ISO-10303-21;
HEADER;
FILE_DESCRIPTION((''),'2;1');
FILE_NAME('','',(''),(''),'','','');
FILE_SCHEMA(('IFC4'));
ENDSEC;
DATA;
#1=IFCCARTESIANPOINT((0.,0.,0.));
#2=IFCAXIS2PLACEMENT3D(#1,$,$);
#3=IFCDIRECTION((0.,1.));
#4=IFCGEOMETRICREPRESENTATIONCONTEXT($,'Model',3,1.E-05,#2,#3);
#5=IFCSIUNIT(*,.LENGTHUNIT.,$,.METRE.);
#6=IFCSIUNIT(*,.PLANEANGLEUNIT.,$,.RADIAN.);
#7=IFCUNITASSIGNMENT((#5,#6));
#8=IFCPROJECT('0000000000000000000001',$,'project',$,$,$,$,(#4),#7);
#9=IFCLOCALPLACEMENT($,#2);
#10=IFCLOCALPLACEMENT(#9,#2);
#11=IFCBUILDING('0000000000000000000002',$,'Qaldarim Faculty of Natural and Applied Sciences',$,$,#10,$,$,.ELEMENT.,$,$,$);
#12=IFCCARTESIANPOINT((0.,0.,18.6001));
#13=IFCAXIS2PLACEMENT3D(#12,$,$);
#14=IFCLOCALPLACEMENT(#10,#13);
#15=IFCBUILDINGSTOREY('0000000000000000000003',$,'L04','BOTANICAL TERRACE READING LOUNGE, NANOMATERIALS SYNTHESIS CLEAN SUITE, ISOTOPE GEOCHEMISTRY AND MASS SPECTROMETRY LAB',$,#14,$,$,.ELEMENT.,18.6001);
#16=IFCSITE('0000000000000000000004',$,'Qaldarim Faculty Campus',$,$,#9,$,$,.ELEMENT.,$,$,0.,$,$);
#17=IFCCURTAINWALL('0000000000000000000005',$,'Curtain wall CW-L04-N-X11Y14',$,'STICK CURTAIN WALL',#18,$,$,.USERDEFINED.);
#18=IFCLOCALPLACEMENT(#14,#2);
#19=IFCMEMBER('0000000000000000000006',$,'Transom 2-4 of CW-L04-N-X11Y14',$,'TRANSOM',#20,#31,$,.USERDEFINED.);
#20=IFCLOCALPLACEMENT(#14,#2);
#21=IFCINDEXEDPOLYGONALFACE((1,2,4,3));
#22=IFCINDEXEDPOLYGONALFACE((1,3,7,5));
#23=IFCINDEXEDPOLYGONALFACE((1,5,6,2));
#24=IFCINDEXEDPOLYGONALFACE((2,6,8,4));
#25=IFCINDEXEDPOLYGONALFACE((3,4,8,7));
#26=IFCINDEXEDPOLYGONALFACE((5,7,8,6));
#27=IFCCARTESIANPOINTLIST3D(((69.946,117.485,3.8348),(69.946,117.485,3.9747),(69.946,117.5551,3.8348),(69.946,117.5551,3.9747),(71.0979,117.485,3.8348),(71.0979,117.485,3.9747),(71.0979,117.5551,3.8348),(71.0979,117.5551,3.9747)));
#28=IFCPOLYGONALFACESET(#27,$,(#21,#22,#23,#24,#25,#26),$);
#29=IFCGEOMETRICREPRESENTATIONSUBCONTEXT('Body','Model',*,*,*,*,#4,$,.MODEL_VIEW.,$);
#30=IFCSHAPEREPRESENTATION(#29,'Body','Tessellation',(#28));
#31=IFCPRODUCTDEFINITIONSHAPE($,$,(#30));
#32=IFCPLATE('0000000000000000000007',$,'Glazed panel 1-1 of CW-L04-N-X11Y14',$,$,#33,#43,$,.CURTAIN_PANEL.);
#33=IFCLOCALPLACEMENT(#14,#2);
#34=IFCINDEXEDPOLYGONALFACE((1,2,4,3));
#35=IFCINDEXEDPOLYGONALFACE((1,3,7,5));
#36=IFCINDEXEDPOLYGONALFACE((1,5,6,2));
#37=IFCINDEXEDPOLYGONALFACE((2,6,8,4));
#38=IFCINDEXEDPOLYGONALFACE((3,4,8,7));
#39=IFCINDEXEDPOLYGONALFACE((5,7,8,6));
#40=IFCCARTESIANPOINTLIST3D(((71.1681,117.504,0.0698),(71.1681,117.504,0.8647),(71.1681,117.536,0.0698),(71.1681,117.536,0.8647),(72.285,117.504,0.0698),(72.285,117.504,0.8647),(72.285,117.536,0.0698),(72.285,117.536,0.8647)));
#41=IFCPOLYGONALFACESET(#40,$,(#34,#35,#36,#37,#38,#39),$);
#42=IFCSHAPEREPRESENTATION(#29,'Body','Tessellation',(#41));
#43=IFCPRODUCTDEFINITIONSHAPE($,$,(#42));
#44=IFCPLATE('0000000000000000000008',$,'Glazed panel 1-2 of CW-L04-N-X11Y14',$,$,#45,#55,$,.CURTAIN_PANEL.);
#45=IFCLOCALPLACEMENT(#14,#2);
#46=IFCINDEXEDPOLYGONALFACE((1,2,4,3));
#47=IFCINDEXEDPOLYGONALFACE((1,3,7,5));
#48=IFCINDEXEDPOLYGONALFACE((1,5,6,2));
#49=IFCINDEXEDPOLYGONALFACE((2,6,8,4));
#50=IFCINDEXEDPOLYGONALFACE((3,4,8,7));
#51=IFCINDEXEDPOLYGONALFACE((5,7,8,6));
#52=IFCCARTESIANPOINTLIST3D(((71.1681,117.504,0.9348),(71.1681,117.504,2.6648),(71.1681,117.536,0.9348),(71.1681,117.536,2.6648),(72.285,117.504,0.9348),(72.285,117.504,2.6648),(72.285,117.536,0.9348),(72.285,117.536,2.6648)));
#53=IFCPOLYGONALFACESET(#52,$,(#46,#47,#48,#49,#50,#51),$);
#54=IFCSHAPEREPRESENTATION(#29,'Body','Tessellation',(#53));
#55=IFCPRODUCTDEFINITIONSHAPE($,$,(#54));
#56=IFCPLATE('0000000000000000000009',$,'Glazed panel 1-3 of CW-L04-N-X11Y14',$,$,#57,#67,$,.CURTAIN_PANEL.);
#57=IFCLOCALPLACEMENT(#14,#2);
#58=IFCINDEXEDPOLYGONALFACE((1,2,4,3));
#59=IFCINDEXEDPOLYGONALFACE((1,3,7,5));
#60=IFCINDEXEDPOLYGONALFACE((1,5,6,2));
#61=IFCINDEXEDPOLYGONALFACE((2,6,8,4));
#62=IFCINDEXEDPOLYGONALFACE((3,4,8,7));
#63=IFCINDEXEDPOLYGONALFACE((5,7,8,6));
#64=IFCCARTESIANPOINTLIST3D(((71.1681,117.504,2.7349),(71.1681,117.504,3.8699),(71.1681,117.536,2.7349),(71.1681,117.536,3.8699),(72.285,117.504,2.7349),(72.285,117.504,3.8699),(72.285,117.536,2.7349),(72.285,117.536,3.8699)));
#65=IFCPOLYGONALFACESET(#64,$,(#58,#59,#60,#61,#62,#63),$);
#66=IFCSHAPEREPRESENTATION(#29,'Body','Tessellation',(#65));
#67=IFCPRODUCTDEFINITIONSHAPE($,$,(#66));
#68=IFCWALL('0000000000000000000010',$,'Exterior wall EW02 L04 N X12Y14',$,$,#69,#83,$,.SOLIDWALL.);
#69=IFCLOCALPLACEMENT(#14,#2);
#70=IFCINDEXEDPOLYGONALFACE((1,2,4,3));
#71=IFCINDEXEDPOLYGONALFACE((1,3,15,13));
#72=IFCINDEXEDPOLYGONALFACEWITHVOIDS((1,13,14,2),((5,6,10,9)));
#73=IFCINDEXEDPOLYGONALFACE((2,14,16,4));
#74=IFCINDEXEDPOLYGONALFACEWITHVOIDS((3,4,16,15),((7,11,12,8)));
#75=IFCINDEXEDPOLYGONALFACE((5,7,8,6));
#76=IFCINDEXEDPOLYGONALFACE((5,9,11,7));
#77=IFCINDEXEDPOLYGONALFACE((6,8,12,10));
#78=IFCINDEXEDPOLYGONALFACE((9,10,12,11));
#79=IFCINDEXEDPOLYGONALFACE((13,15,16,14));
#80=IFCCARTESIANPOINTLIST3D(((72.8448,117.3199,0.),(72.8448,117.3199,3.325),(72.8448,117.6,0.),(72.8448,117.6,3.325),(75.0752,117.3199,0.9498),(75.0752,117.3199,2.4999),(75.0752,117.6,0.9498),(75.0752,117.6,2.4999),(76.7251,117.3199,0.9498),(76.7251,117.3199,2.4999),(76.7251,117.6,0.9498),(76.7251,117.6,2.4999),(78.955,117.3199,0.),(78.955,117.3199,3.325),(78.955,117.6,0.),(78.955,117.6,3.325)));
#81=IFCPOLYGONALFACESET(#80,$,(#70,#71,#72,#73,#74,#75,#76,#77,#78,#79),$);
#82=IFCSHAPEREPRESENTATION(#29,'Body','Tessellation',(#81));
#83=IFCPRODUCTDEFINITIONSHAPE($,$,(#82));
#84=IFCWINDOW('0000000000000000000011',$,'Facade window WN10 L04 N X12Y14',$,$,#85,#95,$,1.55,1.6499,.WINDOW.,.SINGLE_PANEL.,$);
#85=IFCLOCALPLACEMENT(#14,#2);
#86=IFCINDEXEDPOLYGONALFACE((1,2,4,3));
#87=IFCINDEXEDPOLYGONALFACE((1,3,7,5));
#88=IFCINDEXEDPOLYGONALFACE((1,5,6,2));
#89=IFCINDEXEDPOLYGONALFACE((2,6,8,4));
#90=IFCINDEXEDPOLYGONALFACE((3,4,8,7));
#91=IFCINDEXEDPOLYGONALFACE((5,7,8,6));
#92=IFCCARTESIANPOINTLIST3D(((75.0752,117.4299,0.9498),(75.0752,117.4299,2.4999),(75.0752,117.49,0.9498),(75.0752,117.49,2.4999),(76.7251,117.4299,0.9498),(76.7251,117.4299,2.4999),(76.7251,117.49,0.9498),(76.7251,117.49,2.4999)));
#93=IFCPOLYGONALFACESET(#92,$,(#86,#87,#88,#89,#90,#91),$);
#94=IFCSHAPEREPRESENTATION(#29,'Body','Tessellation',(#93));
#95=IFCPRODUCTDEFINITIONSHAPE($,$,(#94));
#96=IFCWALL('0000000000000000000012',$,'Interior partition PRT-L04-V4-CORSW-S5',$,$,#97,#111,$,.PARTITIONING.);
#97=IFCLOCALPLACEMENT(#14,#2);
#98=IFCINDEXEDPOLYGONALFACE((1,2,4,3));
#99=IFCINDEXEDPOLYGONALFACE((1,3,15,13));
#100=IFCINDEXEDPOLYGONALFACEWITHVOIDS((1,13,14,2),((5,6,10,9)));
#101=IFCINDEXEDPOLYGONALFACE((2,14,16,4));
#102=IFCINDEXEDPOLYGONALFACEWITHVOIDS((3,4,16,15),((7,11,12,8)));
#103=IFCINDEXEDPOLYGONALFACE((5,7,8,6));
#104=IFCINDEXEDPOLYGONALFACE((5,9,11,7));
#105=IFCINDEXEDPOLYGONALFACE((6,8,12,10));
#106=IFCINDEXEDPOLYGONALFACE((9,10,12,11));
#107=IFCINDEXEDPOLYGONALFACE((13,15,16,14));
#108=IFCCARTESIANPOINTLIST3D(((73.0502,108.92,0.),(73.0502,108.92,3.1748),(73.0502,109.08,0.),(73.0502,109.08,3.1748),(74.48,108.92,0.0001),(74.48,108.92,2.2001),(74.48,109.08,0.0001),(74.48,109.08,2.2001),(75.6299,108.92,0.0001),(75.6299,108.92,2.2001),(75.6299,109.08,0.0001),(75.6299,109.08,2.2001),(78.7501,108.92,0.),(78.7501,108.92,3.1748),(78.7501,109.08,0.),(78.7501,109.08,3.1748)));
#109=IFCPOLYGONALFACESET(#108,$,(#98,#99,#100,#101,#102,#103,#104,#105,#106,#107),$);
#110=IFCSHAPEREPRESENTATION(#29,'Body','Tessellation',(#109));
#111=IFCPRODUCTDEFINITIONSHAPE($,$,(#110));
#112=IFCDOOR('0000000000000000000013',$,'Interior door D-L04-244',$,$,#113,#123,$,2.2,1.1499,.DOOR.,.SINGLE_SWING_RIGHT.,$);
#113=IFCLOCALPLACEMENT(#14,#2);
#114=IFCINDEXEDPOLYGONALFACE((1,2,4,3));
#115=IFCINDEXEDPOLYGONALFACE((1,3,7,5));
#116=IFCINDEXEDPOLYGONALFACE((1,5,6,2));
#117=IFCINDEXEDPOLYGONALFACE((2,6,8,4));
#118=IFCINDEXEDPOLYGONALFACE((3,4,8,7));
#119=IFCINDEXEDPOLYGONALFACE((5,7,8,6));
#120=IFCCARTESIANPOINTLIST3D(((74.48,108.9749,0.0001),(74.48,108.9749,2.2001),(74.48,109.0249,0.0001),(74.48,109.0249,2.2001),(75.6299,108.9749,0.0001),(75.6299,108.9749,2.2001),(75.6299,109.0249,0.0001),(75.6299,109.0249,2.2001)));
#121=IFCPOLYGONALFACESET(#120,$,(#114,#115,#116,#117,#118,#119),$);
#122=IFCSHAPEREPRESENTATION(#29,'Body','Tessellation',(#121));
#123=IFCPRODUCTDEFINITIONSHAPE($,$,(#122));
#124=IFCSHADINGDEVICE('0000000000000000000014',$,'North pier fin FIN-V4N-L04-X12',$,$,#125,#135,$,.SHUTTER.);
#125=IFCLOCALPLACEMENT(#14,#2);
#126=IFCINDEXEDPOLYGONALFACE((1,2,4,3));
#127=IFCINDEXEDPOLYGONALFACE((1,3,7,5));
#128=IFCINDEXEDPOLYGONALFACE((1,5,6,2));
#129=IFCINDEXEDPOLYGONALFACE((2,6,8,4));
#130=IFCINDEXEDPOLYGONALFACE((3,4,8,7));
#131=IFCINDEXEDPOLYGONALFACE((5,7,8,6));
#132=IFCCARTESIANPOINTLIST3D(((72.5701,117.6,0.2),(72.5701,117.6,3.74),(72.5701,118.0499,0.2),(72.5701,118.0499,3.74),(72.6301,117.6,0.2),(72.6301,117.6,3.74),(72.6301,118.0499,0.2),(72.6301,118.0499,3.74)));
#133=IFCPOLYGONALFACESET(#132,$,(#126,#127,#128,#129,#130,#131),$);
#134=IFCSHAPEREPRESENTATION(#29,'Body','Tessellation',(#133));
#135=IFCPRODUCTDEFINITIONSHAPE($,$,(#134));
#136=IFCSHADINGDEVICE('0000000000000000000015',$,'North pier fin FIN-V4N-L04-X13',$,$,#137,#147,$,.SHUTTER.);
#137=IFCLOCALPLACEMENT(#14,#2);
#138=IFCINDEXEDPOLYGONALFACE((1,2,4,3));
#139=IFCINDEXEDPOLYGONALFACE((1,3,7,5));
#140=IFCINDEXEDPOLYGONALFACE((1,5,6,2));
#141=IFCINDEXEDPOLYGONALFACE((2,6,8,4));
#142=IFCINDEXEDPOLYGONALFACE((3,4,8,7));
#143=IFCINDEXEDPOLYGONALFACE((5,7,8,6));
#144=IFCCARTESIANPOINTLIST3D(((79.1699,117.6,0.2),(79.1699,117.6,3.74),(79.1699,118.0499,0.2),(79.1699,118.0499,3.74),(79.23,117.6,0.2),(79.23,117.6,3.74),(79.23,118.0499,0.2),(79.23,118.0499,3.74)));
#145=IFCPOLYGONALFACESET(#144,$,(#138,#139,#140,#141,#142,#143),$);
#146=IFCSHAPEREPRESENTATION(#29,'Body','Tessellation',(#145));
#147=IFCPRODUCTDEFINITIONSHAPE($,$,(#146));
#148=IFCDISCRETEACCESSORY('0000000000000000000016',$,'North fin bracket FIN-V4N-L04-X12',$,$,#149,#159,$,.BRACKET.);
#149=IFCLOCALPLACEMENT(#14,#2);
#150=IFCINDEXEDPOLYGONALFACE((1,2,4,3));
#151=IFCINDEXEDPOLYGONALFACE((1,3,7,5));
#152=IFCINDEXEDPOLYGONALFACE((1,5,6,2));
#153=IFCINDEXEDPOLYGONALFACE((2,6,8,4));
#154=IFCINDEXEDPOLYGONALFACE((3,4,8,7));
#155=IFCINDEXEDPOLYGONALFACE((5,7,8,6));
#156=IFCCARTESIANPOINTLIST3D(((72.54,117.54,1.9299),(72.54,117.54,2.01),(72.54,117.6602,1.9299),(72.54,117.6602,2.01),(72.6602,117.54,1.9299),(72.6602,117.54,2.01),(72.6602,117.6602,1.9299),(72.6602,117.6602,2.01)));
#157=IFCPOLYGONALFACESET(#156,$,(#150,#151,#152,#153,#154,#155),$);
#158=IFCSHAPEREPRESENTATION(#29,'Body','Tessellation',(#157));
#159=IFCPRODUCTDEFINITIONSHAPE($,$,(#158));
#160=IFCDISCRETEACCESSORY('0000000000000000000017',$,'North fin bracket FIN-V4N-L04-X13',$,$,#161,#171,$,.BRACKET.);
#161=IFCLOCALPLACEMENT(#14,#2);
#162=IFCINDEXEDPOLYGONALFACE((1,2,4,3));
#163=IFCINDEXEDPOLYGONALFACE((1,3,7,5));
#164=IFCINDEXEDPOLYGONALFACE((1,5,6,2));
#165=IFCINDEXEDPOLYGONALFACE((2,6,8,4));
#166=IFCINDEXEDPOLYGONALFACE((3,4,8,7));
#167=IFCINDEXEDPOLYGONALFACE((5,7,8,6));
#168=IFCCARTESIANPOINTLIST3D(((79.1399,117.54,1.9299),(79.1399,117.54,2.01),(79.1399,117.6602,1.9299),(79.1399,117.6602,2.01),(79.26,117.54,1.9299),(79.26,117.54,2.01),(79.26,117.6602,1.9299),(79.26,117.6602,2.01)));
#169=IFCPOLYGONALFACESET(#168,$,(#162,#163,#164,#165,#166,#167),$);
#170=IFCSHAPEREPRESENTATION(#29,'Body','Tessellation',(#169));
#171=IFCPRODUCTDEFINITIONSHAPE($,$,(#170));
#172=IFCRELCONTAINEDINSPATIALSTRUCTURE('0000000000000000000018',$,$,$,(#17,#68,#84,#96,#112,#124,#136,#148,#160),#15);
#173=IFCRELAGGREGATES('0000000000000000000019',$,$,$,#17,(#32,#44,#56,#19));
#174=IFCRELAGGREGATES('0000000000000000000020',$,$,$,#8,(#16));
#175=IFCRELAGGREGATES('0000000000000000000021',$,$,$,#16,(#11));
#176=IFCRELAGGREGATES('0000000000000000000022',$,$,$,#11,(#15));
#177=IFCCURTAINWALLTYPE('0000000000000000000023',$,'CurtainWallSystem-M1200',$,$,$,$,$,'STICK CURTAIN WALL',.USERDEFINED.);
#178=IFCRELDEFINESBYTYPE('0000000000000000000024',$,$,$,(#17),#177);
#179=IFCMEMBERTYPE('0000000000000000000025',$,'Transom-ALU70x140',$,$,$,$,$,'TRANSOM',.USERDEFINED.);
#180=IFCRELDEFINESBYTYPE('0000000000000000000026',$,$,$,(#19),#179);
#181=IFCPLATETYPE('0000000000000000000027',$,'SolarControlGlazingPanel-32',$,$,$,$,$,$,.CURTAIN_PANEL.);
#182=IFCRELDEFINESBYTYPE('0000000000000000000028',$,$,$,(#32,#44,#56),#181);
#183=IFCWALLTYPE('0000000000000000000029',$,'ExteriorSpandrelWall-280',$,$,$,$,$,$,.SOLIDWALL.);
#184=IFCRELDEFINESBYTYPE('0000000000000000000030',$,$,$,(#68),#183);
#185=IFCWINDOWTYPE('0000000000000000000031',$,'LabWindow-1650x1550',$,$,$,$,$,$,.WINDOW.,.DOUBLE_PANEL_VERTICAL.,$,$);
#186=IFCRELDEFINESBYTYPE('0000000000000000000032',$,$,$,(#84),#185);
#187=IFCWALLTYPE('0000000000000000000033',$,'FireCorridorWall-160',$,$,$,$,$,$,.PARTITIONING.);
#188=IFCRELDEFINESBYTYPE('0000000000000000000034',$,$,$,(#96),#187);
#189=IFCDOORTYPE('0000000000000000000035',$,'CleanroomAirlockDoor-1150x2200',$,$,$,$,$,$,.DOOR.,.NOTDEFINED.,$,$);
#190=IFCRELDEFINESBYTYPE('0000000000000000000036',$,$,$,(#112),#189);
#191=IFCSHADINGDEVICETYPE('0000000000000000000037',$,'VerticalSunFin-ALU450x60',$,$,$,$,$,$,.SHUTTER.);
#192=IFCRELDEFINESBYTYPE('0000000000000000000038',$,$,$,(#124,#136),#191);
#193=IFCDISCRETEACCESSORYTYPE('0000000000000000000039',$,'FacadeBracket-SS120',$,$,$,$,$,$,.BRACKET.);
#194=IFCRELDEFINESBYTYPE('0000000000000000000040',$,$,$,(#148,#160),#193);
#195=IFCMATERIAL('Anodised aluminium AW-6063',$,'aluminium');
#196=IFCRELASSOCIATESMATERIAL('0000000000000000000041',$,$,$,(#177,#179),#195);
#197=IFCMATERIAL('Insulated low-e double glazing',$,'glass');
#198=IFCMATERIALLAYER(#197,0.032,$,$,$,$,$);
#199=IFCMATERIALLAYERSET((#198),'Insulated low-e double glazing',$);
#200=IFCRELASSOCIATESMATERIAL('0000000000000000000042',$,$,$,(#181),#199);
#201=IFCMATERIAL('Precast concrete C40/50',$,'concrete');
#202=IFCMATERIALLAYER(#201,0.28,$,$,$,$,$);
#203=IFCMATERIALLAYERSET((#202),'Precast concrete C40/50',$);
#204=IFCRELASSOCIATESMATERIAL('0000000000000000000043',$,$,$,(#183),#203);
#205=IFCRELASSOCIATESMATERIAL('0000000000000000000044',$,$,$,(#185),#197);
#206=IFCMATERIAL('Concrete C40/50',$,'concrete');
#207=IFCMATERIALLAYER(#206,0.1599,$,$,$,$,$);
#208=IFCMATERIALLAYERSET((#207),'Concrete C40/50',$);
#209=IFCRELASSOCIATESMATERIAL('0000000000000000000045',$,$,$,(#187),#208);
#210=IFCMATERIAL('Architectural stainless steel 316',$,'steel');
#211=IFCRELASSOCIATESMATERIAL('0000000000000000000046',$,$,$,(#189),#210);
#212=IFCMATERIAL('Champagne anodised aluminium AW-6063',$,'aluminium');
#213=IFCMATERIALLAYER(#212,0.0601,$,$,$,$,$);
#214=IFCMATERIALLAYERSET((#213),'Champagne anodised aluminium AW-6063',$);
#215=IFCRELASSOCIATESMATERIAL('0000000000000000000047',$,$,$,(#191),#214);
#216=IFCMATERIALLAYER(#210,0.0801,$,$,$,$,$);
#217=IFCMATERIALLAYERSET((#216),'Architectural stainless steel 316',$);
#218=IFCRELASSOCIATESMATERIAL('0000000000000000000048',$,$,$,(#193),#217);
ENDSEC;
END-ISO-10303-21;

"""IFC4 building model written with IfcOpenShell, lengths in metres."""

from ifc_helpers import new_model, si_unit, direction, frame, frame_2d, origin, origin_2d, place, context, subcontext, project, spatial, rectangle, extrude, material, layer, layer_set, material_profile, profile_set, type_object, element, fill, aggregate, save


model = new_model("IFC4")

# Units and contexts
model_context = context("Model", 3, precision=1e-05, world=origin(), true_north=direction((0.0, 1.0)))
body_context = subcontext(model_context, "Body", "Model", "MODEL_VIEW")
ifc_project = project(units=[si_unit("LENGTHUNIT", "METRE"), si_unit("PLANEANGLEUNIT", "RADIAN")], contexts=[model_context])

# Site, building, storey
site_placement = place(None, origin())
site = spatial("IfcSite", under=ifc_project, at=site_placement, Name="Qaldarim Faculty Campus", CompositionType="ELEMENT", RefElevation=0.0)
building_placement = place(site_placement, origin())
building = spatial("IfcBuilding", under=site, at=building_placement, Name="Qaldarim Faculty of Natural and Applied Sciences", CompositionType="ELEMENT")
storey_placement = place(building_placement, frame((0.0, 0.0, 18.6001)))
storey = spatial("IfcBuildingStorey", under=building, at=storey_placement, Name="L04", Description="BOTANICAL TERRACE READING LOUNGE, NANOMATERIALS SYNTHESIS CLEAN SUITE, ISOTOPE GEOCHEMISTRY AND MASS SPECTROMETRY LAB", CompositionType="ELEMENT", Elevation=18.6001)

# Shared definitions
ifc_material_1 = material(Name="Concrete C40/50", Category="concrete")

# Curtain wall
ifc_material_2 = material(Name="Anodised aluminium AW-6063", Category="aluminium")
curtain_wall_type = type_object("IfcCurtainWallType", Name="CurtainWallSystem-M1200", ElementType="STICK CURTAIN WALL", PredefinedType="USERDEFINED", material=ifc_material_2)
curtain_wall_placement = place(storey_placement, origin())
curtain_wall = element("IfcCurtainWall", 1, at=curtain_wall_placement, inside=storey, type_object=curtain_wall_type, Name="Curtain wall CW-L04-N-X11Y14", ObjectType="STICK CURTAIN WALL", PredefinedType="USERDEFINED")

# Shared definitions
ifc_material_3 = material(Name="Precast concrete C40/50", Category="concrete")

# Member
ifc_material_profile_1 = material_profile(ifc_material_2, rectangle(XDim=0.0701, YDim=0.1399, at=origin_2d()), Name="ALU-T70x140")
ifc_profile_set_1 = profile_set([ifc_material_profile_1], Name="Anodised aluminium AW-6063")
member_type_1 = type_object("IfcMemberType", Name="Transom-ALU70x140", ElementType="TRANSOM", PredefinedType="USERDEFINED", material=ifc_profile_set_1)
member_1_placement = place(storey_placement, frame((71.0979, 117.52, 3.9048), z_axis=(-1.0, 0.0, 0.0), x_axis=(0.0, -1.0, 0.0)))
member_1 = element("IfcMember", 2, at=member_1_placement, type_object=member_type_1, Name="Transom 2-4 of CW-L04-N-X11Y14", ObjectType="TRANSOM", PredefinedType="USERDEFINED", context=body_context, shape_type="SweptSolid", body=[
    extrude(rectangle(XDim=0.0701, YDim=0.1399, at=origin_2d()), origin(), (0.0, 0.0, 1.0), 1.1519),
])

# Plates
ifc_material_4 = material(Name="Insulated low-e double glazing", Category="glass")
ifc_layer_1 = layer(ifc_material_4, 0.032)
ifc_layer_set_1 = layer_set([ifc_layer_1], Name="Insulated low-e double glazing")
plate_type = type_object("IfcPlateType", Name="SolarControlGlazingPanel-32", PredefinedType="CURTAIN_PANEL", material=ifc_layer_set_1)
plate_1_placement = place(storey_placement, frame((71.7266, 117.52, 0.0698), z_axis=(0.0, 0.0, 1.0), x_axis=(-1.0, 0.0, 0.0)))
plate_1 = element("IfcPlate", 3, at=plate_1_placement, type_object=plate_type, Name="Glazed panel 1-1 of CW-L04-N-X11Y14", PredefinedType="CURTAIN_PANEL", context=body_context, shape_type="SweptSolid", body=[
    extrude(rectangle(XDim=1.1169, YDim=0.032, at=origin_2d()), origin(), (0.0, 0.0, 1.0), 0.7949),
])
plate_2_placement = place(storey_placement, frame((71.7266, 117.52, 0.9348), z_axis=(0.0, 0.0, 1.0), x_axis=(-1.0, 0.0, 0.0)))
plate_2 = element("IfcPlate", 4, at=plate_2_placement, type_object=plate_type, Name="Glazed panel 1-2 of CW-L04-N-X11Y14", PredefinedType="CURTAIN_PANEL", context=body_context, shape_type="SweptSolid", body=[
    extrude(rectangle(XDim=1.1169, YDim=0.032, at=origin_2d()), origin(), (0.0, 0.0, 1.0), 1.73),
])
plate_3_placement = place(storey_placement, frame((71.7266, 117.52, 2.7349), z_axis=(0.0, 0.0, 1.0), x_axis=(-1.0, 0.0, 0.0)))
plate_3 = element("IfcPlate", 5, at=plate_3_placement, type_object=plate_type, Name="Glazed panel 1-3 of CW-L04-N-X11Y14", PredefinedType="CURTAIN_PANEL", context=body_context, shape_type="SweptSolid", body=[
    extrude(rectangle(XDim=1.1169, YDim=0.032, at=origin_2d()), origin(), (0.0, 0.0, 1.0), 1.135),
])
aggregate(curtain_wall, [plate_1, plate_2, plate_3, member_1])

# Wall, opening, window
ifc_layer_2 = layer(ifc_material_3, 0.28)
ifc_layer_set_2 = layer_set([ifc_layer_2], Name="Precast concrete C40/50")
wall_type_1 = type_object("IfcWallType", Name="ExteriorSpandrelWall-280", PredefinedType="SOLIDWALL", material=ifc_layer_set_2)
wall_1_placement = place(storey_placement, frame((78.9551, 117.46, 0.0), z_axis=(0.0, 0.0, 1.0), x_axis=(-1.0, 0.0, 0.0)))
wall_1 = element("IfcWall", 6, at=wall_1_placement, inside=storey, type_object=wall_type_1, Name="Exterior wall EW02 L04 N X12Y14", PredefinedType="SOLIDWALL", context=body_context, shape_type="SweptSolid", body=[
    extrude(rectangle(XDim=6.1101, YDim=0.28, at=frame_2d((3.0552, 0.0))), origin(), (0.0, 0.0, 1.0), 3.325),
])
opening_1_placement = place(wall_1_placement, frame((2.23, 0.0, 0.95)))
opening_1 = element("IfcOpeningElement", 7, at=opening_1_placement, cuts=wall_1, PredefinedType="OPENING", context=body_context, shape_type="SweptSolid", body=[
    extrude(rectangle(XDim=1.6499, YDim=1.55, at=frame_2d((0.825, 0.7749))), frame((0.0, 0.1499, 0.0), z_axis=(0.0, -1.0, 0.0), x_axis=(1.0, 0.0, 0.0)), (0.0, 0.0, 1.0), 0.3),
])
window_type = type_object("IfcWindowType", Name="LabWindow-1650x1550", PartitioningType="DOUBLE_PANEL_VERTICAL", PredefinedType="WINDOW", material=ifc_material_4)
window_placement = place(opening_1_placement, origin())
window = element("IfcWindow", 8, at=window_placement, inside=storey, type_object=window_type, Name="Facade window WN10 L04 N X12Y14", OverallHeight=1.55, OverallWidth=1.6499, PartitioningType="SINGLE_PANEL", PredefinedType="WINDOW", context=body_context, shape_type="SweptSolid", body=[
    extrude(rectangle(XDim=1.6499, YDim=1.55, at=frame_2d((0.825, 0.7749))), frame((0.0, 0.03, 0.0), z_axis=(0.0, -1.0, 0.0), x_axis=(1.0, 0.0, 0.0)), (0.0, 0.0, 1.0), 0.0601),
])
fill(opening_1, window)

# Wall, opening, door
ifc_layer_3 = layer(ifc_material_1, 0.1599)
ifc_layer_set_3 = layer_set([ifc_layer_3], Name="Concrete C40/50")
wall_type_2 = type_object("IfcWallType", Name="FireCorridorWall-160", PredefinedType="PARTITIONING", material=ifc_layer_set_3)
wall_2_placement = place(storey_placement, frame((73.05, 109.0, 0.0), z_axis=(0.0, 0.0, 1.0), x_axis=(1.0, 0.0, 0.0)))
wall_2 = element("IfcWall", 9, at=wall_2_placement, inside=storey, type_object=wall_type_2, Name="Interior partition PRT-L04-V4-CORSW-S5", PredefinedType="PARTITIONING", context=body_context, shape_type="SweptSolid", body=[
    extrude(rectangle(XDim=5.7, YDim=0.1599, at=frame_2d((2.8501, 0.0))), origin(), (0.0, 0.0, 1.0), 3.1748),
])
opening_2_placement = place(wall_2_placement, frame((1.4299, 0.0, 0.0)))
opening_2 = element("IfcOpeningElement", 10, at=opening_2_placement, cuts=wall_2, PredefinedType="OPENING", context=body_context, shape_type="SweptSolid", body=[
    extrude(rectangle(XDim=1.1499, YDim=2.2, at=frame_2d((0.575, 1.1001))), frame((0.0, 0.0898, 0.0), z_axis=(0.0, -1.0, 0.0), x_axis=(1.0, 0.0, 0.0)), (0.0, 0.0, 1.0), 0.1799),
])
ifc_material_5 = material(Name="Architectural stainless steel 316", Category="steel")
door_type = type_object("IfcDoorType", Name="CleanroomAirlockDoor-1150x2200", OperationType="NOTDEFINED", PredefinedType="DOOR", material=ifc_material_5)
door_placement = place(opening_2_placement, origin())
door = element("IfcDoor", 11, at=door_placement, inside=storey, type_object=door_type, Name="Interior door D-L04-244", OperationType="SINGLE_SWING_RIGHT", OverallHeight=2.2, OverallWidth=1.1499, PredefinedType="DOOR", context=body_context, shape_type="SweptSolid", body=[
    extrude(rectangle(XDim=1.1499, YDim=2.2, at=frame_2d((0.575, 1.1001))), frame((0.0, 0.0249, 0.0), z_axis=(0.0, -1.0, 0.0), x_axis=(1.0, 0.0, 0.0)), (0.0, 0.0, 1.0), 0.05),
])
fill(opening_2, door)

# Shading devices
ifc_material_6 = material(Name="Champagne anodised aluminium AW-6063", Category="aluminium")
ifc_layer_4 = layer(ifc_material_6, 0.0601)
ifc_layer_set_4 = layer_set([ifc_layer_4], Name="Champagne anodised aluminium AW-6063")
shading_device_type = type_object("IfcShadingDeviceType", Name="VerticalSunFin-ALU450x60", PredefinedType="SHUTTER", material=ifc_layer_set_4)
for number, where, z_axis, x_axis, name in (
    (12, (72.6001, 117.825, 0.2), (0.0, 0.0, 1.0), (1.0, 0.0, 0.0), "North pier fin FIN-V4N-L04-X12"),
    (13, (79.2, 117.825, 0.2), (0.0, 0.0, 1.0), (1.0, 0.0, 0.0), "North pier fin FIN-V4N-L04-X13"),
):
    element("IfcShadingDevice", number, at=place(storey_placement, frame(where, z_axis=z_axis, x_axis=x_axis)), inside=storey, type_object=shading_device_type, Name=name, PredefinedType="SHUTTER", context=body_context, shape_type="SweptSolid", body=[
        extrude(rectangle(XDim=0.0601, YDim=0.45, at=origin_2d()), origin(), (0.0, 0.0, 1.0), 3.54),
    ])

# Discrete accessories
ifc_layer_5 = layer(ifc_material_5, 0.0801)
ifc_layer_set_5 = layer_set([ifc_layer_5], Name="Architectural stainless steel 316")
discrete_accessory_type = type_object("IfcDiscreteAccessoryType", Name="FacadeBracket-SS120", PredefinedType="BRACKET", material=ifc_layer_set_5)
for number, where, z_axis, x_axis, name in (
    (14, (72.6001, 117.6001, 1.9299), (0.0, 0.0, 1.0), (1.0, 0.0, 0.0), "North fin bracket FIN-V4N-L04-X12"),
    (15, (79.2, 117.6001, 1.9299), (0.0, 0.0, 1.0), (1.0, 0.0, 0.0), "North fin bracket FIN-V4N-L04-X13"),
):
    element("IfcDiscreteAccessory", number, at=place(storey_placement, frame(where, z_axis=z_axis, x_axis=x_axis)), inside=storey, type_object=discrete_accessory_type, Name=name, PredefinedType="BRACKET", context=body_context, shape_type="SweptSolid", body=[
        extrude(rectangle(XDim=0.1201, YDim=0.1201, at=origin_2d()), origin(), (0.0, 0.0, 1.0), 0.0801),
    ])

save(model, "model.ifc")
